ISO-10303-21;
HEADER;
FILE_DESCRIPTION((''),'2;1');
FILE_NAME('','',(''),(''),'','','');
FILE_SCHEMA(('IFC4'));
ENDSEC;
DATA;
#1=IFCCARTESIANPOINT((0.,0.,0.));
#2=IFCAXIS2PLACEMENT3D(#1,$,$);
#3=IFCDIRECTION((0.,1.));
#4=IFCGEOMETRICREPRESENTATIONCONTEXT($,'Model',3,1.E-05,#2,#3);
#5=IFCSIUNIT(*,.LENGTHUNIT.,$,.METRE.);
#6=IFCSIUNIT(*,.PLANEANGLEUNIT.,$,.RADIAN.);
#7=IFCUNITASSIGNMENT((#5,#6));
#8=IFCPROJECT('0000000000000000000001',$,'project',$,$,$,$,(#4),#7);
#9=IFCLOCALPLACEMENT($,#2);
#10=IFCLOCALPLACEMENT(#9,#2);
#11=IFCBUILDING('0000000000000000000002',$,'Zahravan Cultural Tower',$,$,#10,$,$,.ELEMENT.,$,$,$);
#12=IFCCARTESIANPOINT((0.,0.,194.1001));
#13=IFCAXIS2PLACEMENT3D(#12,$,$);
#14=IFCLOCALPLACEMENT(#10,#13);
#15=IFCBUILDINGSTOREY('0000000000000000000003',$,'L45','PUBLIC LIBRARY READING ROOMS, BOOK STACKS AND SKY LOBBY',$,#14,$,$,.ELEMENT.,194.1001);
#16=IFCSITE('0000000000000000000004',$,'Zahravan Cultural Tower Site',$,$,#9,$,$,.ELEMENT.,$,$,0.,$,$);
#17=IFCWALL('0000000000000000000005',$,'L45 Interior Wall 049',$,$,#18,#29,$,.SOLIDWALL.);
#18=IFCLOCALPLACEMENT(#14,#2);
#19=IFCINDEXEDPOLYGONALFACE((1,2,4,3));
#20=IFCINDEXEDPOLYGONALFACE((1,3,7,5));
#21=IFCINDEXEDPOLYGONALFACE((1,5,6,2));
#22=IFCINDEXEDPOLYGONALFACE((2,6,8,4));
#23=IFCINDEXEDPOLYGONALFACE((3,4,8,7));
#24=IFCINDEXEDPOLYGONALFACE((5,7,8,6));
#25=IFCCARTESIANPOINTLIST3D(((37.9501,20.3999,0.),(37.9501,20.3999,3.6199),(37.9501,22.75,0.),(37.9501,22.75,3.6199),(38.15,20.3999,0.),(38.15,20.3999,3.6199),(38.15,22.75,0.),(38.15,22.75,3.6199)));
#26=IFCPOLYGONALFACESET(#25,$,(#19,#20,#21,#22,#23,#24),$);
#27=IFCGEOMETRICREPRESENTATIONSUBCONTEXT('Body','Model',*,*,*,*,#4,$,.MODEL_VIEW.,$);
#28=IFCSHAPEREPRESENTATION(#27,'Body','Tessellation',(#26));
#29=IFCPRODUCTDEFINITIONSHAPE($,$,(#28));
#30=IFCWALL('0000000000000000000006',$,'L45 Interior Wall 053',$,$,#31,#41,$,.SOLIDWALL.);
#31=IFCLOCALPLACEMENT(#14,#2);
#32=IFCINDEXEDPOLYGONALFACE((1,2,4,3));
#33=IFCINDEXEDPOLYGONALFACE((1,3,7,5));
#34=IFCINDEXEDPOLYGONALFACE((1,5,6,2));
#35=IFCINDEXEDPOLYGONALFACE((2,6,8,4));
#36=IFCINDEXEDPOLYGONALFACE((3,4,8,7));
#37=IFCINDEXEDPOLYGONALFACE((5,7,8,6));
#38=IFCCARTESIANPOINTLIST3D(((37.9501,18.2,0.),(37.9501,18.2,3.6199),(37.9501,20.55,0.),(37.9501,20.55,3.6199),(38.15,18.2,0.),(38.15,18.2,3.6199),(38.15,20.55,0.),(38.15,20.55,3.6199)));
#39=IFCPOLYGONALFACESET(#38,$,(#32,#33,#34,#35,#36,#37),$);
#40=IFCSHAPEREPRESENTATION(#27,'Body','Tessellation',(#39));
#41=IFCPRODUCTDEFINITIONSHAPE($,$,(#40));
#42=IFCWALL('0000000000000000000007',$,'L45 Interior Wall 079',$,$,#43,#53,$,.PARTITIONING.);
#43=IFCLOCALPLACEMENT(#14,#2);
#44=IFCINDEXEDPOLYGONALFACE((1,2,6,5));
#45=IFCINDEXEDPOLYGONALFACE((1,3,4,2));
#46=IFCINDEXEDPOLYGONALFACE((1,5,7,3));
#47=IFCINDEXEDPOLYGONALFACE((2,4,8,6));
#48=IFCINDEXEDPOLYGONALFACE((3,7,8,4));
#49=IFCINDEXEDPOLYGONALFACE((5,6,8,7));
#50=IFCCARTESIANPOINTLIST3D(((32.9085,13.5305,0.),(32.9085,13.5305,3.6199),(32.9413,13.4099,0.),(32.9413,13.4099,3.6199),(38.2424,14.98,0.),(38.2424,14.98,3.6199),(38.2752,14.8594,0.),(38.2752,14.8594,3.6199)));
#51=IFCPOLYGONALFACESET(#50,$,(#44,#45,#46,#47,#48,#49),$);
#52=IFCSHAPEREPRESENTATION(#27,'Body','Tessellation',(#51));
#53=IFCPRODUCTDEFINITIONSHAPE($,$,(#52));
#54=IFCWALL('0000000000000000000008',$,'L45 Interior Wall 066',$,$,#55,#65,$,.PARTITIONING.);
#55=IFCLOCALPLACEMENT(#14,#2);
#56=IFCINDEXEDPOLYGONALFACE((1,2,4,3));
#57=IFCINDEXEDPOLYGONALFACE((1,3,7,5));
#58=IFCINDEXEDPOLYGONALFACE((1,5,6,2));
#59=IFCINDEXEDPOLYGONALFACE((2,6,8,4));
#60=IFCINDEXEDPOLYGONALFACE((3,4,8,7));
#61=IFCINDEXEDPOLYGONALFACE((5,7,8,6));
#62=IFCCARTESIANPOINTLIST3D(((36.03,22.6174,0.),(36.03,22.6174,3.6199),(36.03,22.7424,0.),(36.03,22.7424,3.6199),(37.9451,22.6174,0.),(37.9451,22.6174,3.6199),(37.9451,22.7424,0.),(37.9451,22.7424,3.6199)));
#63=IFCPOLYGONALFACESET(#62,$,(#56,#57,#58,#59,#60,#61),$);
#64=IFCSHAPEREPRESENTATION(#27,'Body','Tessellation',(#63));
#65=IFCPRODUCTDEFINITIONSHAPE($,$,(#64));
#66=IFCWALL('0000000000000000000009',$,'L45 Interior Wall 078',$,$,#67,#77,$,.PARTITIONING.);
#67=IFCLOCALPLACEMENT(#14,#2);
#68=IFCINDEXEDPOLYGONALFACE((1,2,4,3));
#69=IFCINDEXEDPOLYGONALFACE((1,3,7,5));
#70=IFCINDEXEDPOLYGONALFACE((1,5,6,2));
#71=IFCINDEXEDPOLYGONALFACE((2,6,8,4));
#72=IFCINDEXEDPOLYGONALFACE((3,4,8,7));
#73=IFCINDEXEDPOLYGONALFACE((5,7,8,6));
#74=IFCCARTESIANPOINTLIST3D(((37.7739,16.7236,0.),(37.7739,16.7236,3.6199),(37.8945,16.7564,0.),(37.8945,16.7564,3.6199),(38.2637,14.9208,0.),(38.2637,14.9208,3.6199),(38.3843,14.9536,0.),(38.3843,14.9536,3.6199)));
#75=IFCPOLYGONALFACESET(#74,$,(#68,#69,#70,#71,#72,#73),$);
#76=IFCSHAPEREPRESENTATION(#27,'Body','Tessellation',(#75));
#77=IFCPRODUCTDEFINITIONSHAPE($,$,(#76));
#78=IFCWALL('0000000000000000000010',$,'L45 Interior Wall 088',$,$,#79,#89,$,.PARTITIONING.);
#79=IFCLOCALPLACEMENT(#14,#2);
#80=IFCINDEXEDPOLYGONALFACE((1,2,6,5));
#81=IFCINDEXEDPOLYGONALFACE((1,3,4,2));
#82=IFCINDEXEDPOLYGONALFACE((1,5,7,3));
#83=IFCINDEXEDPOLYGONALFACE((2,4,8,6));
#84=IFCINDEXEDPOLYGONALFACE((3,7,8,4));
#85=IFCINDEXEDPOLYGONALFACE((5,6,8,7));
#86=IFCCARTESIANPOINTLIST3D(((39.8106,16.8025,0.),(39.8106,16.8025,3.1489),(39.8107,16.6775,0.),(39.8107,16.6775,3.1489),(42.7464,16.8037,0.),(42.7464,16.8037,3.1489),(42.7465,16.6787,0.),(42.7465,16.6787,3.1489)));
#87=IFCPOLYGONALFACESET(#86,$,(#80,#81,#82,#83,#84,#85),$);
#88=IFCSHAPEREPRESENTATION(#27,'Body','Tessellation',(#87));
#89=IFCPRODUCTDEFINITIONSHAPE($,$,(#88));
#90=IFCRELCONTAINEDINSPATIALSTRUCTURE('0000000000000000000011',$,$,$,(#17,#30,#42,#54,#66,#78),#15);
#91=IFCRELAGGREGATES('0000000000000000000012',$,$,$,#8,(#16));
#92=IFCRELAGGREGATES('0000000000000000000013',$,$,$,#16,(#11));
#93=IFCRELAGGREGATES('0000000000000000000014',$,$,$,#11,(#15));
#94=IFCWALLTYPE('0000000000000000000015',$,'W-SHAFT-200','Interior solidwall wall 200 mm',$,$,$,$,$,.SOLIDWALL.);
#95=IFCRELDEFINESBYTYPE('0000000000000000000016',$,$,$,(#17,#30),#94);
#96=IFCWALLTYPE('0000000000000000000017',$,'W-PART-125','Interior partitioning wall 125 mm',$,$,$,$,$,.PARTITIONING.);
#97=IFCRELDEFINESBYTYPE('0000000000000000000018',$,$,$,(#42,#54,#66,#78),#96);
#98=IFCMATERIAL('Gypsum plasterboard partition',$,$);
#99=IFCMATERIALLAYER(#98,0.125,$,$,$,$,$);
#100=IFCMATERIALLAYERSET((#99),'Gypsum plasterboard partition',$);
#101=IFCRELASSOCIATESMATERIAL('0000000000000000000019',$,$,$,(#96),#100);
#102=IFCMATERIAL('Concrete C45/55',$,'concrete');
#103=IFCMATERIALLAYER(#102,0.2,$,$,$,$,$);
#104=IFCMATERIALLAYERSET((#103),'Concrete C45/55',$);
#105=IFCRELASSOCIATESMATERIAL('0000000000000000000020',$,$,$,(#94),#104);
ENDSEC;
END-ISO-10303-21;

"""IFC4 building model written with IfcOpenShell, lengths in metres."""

from ifc_helpers import new_model, si_unit, direction, frame, frame_2d, origin, place, context, subcontext, project, spatial, rectangle, extrude, source, transform, mapped, material, layer, layer_set, type_object, element, save


model = new_model("IFC4")

# Units and contexts
model_context = context("Model", 3, precision=1e-05, world=origin(), true_north=direction((0.0, 1.0)))
body_context = subcontext(model_context, "Body", "Model", "MODEL_VIEW")
ifc_project = project(units=[si_unit("LENGTHUNIT", "METRE"), si_unit("PLANEANGLEUNIT", "RADIAN")], contexts=[model_context])

# Site, building, storey
site_placement = place(None, origin())
site = spatial("IfcSite", under=ifc_project, at=site_placement, Name="Zahravan Cultural Tower Site", CompositionType="ELEMENT", RefElevation=0.0)
building_placement = place(site_placement, origin())
building = spatial("IfcBuilding", under=site, at=building_placement, Name="Zahravan Cultural Tower", CompositionType="ELEMENT")
storey_placement = place(building_placement, frame((0.0, 0.0, 194.1001)))
storey = spatial("IfcBuildingStorey", under=building, at=storey_placement, Name="L45", Description="PUBLIC LIBRARY READING ROOMS, BOOK STACKS AND SKY LOBBY", CompositionType="ELEMENT", Elevation=194.1001)

# Shared definitions
ifc_material_1 = material(Name="Gypsum plasterboard partition")
ifc_layer_1 = layer(ifc_material_1, 0.125)
ifc_layer_set_1 = layer_set([ifc_layer_1], Name="Gypsum plasterboard partition")
wall_type_1 = type_object("IfcWallType", Name="W-PART-125", Description="Interior partitioning wall 125 mm", PredefinedType="PARTITIONING", material=ifc_layer_set_1)
ifc_material_2 = material(Name="Concrete C45/55", Category="concrete")
ifc_layer_2 = layer(ifc_material_2, 0.2)
ifc_layer_set_2 = layer_set([ifc_layer_2], Name="Concrete C45/55")
wall_type_2 = type_object("IfcWallType", Name="W-SHAFT-200", Description="Interior solidwall wall 200 mm", PredefinedType="SOLIDWALL", material=ifc_layer_set_2)

# Walls
shared_shape_1 = source(origin(), body_context, "Body", "SweptSolid", [
    extrude(rectangle(XDim=2.3501, YDim=0.2, at=frame_2d((1.175, 0.0))), origin(), (0.0, 0.0, 1.0), 3.6199),
])
for number, where, z_axis, x_axis, name in (
    (1, (38.05, 20.3999, 0.0), (0.0, 0.0, 1.0), (0.0, 1.0, 0.0), "L45 Interior Wall 049"),
    (2, (38.05, 18.2, 0.0), (0.0, 0.0, 1.0), (0.0, 1.0, 0.0), "L45 Interior Wall 053"),
):
    element("IfcWall", number, at=place(storey_placement, frame(where, z_axis=z_axis, x_axis=x_axis)), inside=storey, type_object=wall_type_2, Name=name, PredefinedType="SOLIDWALL", context=body_context, shape_type="MappedRepresentation", body=[
        mapped(shared_shape_1, transform((0.0, 0.0, 0.0), x_axis=(1.0, 0.0, 0.0), y_axis=(0.0, 1.0, 0.0), z_axis=(0.0, 0.0, 1.0), scale=1.0)),
    ])
shared_shape_2 = source(origin(), body_context, "Body", "SweptSolid", [
    extrude(rectangle(XDim=5.5273, YDim=0.125, at=frame_2d((2.7637, 0.0))), origin(), (0.0, 0.0, 1.0), 3.6199),
])
wall_1_placement = place(storey_placement, frame((38.2588, 14.9197, 0.0), z_axis=(0.0, 0.0, 1.0), x_axis=(-0.965005, -0.262232, 0.0)))
element("IfcWall", 3, at=wall_1_placement, inside=storey, type_object=wall_type_1, Name="L45 Interior Wall 079", PredefinedType="PARTITIONING", context=body_context, shape_type="MappedRepresentation", body=[
    mapped(shared_shape_2, transform((0.0, 0.0, 0.0), x_axis=(1.0, 0.0, 0.0), y_axis=(0.0, 1.0, 0.0), z_axis=(0.0, 0.0, 1.0), scale=1.0)),
])
shared_shape_3 = source(origin(), body_context, "Body", "SweptSolid", [
    extrude(rectangle(XDim=1.915, YDim=0.125, at=frame_2d((0.9575, 0.0))), origin(), (0.0, 0.0, 1.0), 3.6199),
])
wall_2_placement = place(storey_placement, frame((36.03, 22.6799, 0.0), z_axis=(0.0, 0.0, 1.0), x_axis=(1.0, 0.0, 0.0)))
element("IfcWall", 4, at=wall_2_placement, inside=storey, type_object=wall_type_1, Name="L45 Interior Wall 066", PredefinedType="PARTITIONING", context=body_context, shape_type="MappedRepresentation", body=[
    mapped(shared_shape_3, transform((0.0, 0.0, 0.0), x_axis=(1.0, 0.0, 0.0), y_axis=(0.0, 1.0, 0.0), z_axis=(0.0, 0.0, 1.0), scale=1.0)),
])
shared_shape_4 = source(origin(), body_context, "Body", "SweptSolid", [
    extrude(rectangle(XDim=1.8682, YDim=0.125, at=frame_2d((0.9341, 0.0))), origin(), (0.0, 0.0, 1.0), 3.6199),
])
wall_3_placement = place(storey_placement, frame((37.8342, 16.74, 0.0), z_axis=(0.0, 0.0, 1.0), x_axis=(0.262166, -0.965023, 0.0)))
element("IfcWall", 5, at=wall_3_placement, inside=storey, type_object=wall_type_1, Name="L45 Interior Wall 078", PredefinedType="PARTITIONING", context=body_context, shape_type="MappedRepresentation", body=[
    mapped(shared_shape_4, transform((0.0, 0.0, 0.0), x_axis=(1.0, 0.0, 0.0), y_axis=(0.0, 1.0, 0.0), z_axis=(0.0, 0.0, 1.0), scale=1.0)),
])
shared_shape_5 = source(origin(), body_context, "Body", "SweptSolid", [
    extrude(rectangle(XDim=2.9358, YDim=0.125, at=frame_2d((1.4678, 0.0))), origin(), (0.0, 0.0, 1.0), 3.1489),
])
wall_4_placement = place(storey_placement, frame((39.8108, 16.74, 0.0), z_axis=(0.0, 0.0, 1.0), x_axis=(1.0, 0.000416, 0.0)))
element("IfcWall", 6, at=wall_4_placement, inside=storey, type_object=wall_type_1, Name="L45 Interior Wall 088", PredefinedType="PARTITIONING", context=body_context, shape_type="MappedRepresentation", body=[
    mapped(shared_shape_5, transform((0.0, 0.0, 0.0), x_axis=(1.0, 0.0, 0.0), y_axis=(0.0, 1.0, 0.0), z_axis=(0.0, 0.0, 1.0), scale=1.0)),
])

save(model, "model.ifc")
